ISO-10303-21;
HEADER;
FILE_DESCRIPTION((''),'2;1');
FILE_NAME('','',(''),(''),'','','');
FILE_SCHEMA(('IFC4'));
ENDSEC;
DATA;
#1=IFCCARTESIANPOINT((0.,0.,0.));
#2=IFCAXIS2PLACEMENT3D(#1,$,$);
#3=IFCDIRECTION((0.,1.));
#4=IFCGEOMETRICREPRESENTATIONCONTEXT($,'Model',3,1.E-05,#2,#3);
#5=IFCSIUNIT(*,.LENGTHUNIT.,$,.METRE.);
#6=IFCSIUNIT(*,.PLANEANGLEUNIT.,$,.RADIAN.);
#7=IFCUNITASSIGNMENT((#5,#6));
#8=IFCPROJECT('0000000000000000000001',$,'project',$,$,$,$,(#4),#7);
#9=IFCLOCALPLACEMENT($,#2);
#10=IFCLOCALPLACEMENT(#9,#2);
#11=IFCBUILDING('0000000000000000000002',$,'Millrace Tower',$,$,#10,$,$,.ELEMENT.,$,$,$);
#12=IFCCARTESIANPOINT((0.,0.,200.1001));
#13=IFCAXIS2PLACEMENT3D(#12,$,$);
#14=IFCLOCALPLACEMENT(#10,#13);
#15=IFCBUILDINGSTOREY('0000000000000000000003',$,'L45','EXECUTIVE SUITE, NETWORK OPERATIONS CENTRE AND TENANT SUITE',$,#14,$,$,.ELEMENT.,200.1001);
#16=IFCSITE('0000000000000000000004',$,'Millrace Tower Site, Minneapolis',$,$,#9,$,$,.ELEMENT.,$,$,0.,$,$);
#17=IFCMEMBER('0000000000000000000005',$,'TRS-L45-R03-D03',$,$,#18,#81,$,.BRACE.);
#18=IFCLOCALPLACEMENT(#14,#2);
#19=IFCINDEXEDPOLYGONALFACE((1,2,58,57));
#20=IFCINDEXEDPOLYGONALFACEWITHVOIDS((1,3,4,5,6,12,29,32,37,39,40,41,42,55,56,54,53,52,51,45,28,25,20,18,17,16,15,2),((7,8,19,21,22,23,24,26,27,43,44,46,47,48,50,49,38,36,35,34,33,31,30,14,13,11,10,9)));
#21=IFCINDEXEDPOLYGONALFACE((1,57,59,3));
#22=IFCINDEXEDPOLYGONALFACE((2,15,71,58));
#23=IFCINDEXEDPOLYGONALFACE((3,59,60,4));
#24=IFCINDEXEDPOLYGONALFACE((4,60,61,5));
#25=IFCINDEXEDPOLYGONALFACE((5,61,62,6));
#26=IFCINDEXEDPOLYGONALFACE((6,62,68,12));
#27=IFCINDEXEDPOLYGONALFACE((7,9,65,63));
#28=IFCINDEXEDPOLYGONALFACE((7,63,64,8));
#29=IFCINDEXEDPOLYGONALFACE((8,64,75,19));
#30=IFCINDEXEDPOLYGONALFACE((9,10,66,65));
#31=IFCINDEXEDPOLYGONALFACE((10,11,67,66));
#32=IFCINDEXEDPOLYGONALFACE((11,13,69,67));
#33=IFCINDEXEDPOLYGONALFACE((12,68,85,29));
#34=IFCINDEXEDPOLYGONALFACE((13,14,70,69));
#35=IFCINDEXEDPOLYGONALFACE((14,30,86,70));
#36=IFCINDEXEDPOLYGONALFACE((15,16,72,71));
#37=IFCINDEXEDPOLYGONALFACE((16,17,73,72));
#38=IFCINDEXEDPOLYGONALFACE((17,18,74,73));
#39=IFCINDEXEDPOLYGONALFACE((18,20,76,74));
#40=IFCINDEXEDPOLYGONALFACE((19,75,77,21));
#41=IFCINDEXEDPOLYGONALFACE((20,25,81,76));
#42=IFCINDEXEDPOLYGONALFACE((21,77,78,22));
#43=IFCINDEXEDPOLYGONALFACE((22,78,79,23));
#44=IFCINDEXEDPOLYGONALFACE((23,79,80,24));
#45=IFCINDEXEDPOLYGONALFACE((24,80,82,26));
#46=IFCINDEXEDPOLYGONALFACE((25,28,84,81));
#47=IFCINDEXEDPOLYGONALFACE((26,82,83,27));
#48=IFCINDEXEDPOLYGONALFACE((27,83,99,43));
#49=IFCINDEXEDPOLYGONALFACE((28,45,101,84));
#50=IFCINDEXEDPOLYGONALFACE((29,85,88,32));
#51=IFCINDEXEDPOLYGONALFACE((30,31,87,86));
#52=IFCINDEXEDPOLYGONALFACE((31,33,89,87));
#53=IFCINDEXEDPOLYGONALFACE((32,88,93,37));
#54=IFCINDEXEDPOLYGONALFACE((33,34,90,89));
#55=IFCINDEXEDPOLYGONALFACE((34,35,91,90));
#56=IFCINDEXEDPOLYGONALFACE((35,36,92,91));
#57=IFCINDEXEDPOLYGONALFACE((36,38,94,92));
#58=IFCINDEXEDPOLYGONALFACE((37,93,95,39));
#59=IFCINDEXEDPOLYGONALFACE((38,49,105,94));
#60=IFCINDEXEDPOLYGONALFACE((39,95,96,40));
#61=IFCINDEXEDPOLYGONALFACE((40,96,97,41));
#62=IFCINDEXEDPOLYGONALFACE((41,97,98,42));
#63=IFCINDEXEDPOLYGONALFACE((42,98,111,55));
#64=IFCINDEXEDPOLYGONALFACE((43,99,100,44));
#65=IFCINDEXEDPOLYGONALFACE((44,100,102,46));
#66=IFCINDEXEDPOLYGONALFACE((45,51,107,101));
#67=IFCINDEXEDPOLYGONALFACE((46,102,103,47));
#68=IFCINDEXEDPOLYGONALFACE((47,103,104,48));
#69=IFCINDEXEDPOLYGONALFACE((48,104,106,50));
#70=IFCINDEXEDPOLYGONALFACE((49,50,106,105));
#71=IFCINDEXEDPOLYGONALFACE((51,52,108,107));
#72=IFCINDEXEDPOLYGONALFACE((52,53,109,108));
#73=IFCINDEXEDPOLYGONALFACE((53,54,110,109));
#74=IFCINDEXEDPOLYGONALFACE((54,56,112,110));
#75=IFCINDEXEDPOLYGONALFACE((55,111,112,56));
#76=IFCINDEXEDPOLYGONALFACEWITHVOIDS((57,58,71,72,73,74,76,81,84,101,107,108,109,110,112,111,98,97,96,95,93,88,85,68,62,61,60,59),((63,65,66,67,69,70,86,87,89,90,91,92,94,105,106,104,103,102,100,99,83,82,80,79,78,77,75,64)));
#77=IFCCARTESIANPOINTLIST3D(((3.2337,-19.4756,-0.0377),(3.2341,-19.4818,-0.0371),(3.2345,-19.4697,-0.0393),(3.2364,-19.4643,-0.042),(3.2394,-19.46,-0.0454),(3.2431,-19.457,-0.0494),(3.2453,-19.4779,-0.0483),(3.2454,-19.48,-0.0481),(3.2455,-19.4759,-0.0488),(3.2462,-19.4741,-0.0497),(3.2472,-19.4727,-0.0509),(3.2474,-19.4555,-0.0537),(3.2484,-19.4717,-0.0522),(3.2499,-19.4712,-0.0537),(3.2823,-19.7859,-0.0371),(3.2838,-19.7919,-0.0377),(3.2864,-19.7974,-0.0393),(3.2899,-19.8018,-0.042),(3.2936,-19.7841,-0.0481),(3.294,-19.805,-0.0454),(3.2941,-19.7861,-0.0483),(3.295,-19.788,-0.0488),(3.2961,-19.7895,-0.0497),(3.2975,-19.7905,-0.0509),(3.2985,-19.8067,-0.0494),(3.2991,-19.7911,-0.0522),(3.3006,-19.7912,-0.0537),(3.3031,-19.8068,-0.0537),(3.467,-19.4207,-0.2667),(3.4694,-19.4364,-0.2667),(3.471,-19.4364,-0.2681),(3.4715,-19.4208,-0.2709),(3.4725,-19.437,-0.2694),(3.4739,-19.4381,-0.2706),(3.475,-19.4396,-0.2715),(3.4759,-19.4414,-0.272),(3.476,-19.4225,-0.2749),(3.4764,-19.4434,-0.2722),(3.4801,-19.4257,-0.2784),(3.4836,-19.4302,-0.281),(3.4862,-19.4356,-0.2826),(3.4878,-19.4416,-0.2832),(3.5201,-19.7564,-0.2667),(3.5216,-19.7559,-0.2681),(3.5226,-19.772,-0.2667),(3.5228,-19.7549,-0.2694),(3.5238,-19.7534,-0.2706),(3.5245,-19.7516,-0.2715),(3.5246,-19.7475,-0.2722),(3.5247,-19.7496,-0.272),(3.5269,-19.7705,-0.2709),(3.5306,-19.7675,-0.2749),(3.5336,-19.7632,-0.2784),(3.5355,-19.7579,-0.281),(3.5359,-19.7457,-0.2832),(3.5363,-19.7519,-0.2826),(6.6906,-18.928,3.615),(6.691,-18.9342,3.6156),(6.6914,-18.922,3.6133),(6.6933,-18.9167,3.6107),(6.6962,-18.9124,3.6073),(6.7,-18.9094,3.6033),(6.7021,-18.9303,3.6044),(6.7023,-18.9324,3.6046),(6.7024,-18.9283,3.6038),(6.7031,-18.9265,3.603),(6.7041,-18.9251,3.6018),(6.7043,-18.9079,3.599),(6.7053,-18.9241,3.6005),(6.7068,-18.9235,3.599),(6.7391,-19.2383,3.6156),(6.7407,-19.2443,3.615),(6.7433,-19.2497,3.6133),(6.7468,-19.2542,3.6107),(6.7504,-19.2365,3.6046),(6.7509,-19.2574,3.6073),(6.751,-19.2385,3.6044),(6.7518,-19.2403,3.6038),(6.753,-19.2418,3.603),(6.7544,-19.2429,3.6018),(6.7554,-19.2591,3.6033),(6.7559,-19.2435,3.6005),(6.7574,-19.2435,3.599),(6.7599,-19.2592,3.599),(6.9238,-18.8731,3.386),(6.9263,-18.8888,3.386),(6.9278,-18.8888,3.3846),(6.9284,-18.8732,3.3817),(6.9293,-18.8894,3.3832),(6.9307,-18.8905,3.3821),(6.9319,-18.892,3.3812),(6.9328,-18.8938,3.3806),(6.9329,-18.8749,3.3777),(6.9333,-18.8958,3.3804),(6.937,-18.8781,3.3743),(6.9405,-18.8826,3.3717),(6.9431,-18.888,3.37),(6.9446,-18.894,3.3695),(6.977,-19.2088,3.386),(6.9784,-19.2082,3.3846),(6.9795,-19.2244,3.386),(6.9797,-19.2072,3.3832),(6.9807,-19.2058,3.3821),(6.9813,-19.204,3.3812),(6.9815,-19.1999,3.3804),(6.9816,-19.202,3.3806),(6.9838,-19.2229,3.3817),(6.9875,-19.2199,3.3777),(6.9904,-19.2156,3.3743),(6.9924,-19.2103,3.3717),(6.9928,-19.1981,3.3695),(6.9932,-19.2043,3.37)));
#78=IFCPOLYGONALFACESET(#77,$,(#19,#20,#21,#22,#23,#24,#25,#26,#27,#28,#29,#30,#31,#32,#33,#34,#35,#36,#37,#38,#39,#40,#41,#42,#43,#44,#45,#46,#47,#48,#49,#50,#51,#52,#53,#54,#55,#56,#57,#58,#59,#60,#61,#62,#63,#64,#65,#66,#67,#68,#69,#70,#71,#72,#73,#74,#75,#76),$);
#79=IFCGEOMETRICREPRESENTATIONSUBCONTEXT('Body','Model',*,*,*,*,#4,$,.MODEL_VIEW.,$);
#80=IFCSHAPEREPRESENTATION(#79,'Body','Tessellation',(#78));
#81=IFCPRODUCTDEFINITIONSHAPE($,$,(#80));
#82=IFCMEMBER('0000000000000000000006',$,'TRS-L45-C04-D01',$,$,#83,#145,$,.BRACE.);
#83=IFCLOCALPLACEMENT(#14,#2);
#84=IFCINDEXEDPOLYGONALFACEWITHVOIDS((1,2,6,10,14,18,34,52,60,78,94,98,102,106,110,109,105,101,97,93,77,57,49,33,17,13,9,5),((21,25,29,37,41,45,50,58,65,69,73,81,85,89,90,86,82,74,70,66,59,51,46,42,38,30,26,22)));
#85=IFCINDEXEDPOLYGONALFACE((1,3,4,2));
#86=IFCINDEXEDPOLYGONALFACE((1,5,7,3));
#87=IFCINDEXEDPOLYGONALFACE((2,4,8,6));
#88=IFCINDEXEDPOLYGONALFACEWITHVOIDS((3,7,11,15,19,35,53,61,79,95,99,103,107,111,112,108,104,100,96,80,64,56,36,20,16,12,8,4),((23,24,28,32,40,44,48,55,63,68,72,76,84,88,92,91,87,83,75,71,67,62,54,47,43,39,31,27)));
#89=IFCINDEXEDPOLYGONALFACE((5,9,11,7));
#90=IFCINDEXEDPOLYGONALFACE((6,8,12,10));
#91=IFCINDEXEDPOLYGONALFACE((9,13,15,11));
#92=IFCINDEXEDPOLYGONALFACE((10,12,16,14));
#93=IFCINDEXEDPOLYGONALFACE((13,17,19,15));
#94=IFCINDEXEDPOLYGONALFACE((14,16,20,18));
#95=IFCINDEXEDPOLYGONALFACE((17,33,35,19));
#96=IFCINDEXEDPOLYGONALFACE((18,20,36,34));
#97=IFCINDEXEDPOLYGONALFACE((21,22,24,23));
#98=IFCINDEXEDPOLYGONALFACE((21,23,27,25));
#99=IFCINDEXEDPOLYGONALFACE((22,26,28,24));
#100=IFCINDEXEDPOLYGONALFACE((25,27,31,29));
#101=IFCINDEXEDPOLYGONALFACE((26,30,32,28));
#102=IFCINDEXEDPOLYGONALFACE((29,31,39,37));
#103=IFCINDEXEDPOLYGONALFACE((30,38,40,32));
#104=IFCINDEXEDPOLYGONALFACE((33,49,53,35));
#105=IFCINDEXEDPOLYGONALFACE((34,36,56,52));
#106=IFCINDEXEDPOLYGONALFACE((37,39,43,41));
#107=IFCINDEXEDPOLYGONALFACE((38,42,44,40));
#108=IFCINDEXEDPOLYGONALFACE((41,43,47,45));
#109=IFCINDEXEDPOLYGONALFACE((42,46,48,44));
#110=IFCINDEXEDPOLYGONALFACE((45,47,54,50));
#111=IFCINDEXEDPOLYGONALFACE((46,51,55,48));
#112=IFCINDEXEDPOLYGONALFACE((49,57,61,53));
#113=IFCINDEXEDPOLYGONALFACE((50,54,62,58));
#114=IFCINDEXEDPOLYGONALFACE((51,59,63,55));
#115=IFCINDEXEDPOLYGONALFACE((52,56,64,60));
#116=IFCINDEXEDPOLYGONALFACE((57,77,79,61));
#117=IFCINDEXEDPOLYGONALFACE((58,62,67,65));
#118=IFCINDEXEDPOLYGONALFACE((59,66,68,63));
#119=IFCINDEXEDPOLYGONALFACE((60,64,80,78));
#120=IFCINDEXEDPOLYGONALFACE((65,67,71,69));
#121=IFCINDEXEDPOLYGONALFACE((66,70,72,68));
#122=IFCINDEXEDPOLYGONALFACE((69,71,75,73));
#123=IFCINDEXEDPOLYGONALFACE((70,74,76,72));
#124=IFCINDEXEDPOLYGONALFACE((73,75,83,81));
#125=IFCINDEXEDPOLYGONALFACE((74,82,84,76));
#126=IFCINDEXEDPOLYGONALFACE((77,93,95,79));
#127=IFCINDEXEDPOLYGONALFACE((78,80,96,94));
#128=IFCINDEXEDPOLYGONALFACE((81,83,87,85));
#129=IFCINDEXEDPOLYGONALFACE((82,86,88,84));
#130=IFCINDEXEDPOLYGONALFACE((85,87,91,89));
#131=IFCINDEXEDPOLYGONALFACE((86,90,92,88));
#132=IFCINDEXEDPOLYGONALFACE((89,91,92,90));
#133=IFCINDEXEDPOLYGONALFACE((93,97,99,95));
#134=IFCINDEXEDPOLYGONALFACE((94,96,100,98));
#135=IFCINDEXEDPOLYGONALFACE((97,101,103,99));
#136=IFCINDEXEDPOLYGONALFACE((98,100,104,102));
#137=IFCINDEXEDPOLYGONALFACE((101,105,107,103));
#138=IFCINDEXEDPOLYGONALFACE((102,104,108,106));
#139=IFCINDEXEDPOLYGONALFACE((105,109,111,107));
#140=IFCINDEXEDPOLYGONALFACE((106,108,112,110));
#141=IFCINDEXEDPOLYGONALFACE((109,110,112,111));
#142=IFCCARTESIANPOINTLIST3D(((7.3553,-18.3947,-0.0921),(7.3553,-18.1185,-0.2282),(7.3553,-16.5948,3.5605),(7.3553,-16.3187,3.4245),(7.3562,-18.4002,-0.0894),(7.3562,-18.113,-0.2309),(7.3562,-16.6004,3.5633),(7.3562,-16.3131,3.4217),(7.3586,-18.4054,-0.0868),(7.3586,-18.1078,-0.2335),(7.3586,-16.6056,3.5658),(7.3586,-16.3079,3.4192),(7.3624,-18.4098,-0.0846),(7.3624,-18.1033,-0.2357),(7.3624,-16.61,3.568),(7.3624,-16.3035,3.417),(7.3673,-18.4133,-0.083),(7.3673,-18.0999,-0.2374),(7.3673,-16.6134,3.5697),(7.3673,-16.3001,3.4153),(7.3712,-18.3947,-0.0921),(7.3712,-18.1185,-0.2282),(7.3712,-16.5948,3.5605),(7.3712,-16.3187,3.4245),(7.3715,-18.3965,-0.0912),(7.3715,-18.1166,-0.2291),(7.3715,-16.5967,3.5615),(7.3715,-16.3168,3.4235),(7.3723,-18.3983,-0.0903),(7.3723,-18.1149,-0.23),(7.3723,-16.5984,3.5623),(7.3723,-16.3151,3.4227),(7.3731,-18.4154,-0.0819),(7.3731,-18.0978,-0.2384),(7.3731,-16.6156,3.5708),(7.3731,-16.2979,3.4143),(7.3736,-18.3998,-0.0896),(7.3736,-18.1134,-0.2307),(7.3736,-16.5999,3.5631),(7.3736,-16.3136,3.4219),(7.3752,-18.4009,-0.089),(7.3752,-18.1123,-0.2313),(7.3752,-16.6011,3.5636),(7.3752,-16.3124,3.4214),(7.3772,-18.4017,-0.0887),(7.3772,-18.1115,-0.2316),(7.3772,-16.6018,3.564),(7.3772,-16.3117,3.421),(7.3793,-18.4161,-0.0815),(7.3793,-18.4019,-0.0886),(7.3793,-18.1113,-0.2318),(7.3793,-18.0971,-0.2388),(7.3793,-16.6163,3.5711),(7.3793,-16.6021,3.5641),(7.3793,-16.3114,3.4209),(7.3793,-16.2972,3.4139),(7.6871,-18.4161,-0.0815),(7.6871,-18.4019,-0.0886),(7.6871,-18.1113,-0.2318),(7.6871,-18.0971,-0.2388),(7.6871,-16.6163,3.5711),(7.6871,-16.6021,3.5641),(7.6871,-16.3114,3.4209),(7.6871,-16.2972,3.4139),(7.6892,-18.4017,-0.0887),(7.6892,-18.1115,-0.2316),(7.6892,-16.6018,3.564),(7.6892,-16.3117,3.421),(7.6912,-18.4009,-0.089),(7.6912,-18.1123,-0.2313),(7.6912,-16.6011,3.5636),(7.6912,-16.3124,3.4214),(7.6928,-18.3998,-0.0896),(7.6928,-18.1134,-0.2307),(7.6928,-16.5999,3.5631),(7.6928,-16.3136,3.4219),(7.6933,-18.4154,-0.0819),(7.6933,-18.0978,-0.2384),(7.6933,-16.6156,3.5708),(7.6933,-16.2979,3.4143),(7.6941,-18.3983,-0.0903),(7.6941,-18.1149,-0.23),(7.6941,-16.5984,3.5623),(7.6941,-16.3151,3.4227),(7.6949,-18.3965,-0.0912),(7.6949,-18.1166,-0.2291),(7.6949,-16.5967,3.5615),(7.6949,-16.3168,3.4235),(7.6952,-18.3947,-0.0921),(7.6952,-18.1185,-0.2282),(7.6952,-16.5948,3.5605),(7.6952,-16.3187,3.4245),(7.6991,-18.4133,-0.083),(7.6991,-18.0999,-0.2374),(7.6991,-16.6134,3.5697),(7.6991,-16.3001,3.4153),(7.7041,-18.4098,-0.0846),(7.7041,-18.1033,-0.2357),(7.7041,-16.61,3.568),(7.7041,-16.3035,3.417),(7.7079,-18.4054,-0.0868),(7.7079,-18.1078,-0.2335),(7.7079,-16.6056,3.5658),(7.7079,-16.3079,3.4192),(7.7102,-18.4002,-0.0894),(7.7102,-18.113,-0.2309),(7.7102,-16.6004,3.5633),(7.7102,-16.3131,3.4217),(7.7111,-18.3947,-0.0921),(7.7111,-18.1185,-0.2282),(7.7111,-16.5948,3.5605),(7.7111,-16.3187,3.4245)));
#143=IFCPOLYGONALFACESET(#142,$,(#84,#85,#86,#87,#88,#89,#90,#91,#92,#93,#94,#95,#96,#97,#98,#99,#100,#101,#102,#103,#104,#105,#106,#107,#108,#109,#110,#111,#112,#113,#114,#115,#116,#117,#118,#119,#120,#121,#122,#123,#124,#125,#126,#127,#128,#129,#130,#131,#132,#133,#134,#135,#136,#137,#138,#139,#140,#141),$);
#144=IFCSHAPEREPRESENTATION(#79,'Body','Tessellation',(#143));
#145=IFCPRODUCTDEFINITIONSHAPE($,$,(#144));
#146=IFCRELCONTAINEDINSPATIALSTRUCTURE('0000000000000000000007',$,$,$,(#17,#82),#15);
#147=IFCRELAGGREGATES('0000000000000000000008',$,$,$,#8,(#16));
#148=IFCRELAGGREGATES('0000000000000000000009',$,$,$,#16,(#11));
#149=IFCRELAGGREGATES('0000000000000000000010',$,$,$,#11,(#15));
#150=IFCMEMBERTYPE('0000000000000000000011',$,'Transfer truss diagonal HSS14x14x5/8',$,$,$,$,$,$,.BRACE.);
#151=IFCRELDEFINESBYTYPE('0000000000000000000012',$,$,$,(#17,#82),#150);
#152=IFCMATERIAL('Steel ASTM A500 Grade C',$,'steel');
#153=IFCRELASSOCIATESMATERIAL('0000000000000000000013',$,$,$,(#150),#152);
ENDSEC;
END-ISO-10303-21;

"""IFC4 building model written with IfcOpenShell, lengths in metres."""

from ifc_helpers import new_model, si_unit, direction, frame, origin, origin_2d, place, context, subcontext, project, spatial, hollow_rectangle, extrude, material, material_profile, profile_set, type_object, element, save


model = new_model("IFC4")

# Units and contexts
model_context = context("Model", 3, precision=1e-05, world=origin(), true_north=direction((0.0, 1.0)))
body_context = subcontext(model_context, "Body", "Model", "MODEL_VIEW")
ifc_project = project(units=[si_unit("LENGTHUNIT", "METRE"), si_unit("PLANEANGLEUNIT", "RADIAN")], contexts=[model_context])

# Site, building, storey
site_placement = place(None, origin())
site = spatial("IfcSite", under=ifc_project, at=site_placement, Name="Millrace Tower Site, Minneapolis", CompositionType="ELEMENT", RefElevation=0.0)
building_placement = place(site_placement, origin())
building = spatial("IfcBuilding", under=site, at=building_placement, Name="Millrace Tower", CompositionType="ELEMENT")
storey_placement = place(building_placement, frame((0.0, 0.0, 200.1001)))
storey = spatial("IfcBuildingStorey", under=building, at=storey_placement, Name="L45", Description="EXECUTIVE SUITE, NETWORK OPERATIONS CENTRE AND TENANT SUITE", CompositionType="ELEMENT", Elevation=200.1001)

# Members
ifc_material_1 = material(Name="Steel ASTM A500 Grade C", Category="steel")
ifc_material_profile_1 = material_profile(ifc_material_1, hollow_rectangle(XDim=0.3557, YDim=0.3557, WallThickness=0.0159, InnerFilletRadius=0.0081, OuterFilletRadius=0.0239, at=origin_2d()))
ifc_profile_set_1 = profile_set([ifc_material_profile_1], Name="Steel ASTM A500 Grade C")
member_type_1 = type_object("IfcMemberType", Name="Transfer truss diagonal HSS14x14x5/8", PredefinedType="BRACE", material=ifc_profile_set_1)
member_1_placement = place(storey_placement, frame((3.385, -19.6138, -0.1602), z_axis=(0.683332, 0.10825, 0.722038), x_axis=(-0.156464, 0.987684, 0.0)))
element("IfcMember", 1, at=member_1_placement, inside=storey, type_object=member_type_1, Name="TRS-L45-R03-D03", PredefinedType="BRACE", context=body_context, shape_type="SweptSolid", body=[
    extrude(hollow_rectangle(XDim=0.3557, YDim=0.3557, WallThickness=0.0159, InnerFilletRadius=0.0081, OuterFilletRadius=0.0239, at=origin_2d()), origin(), (0.0, 0.0, 1.0), 5.0588),
])
member_2_placement = place(storey_placement, frame((7.5332, -18.2566, -0.1602), z_axis=(0.0, 0.442002, 0.897014), x_axis=(-1.0, 0.0, 0.0)))
element("IfcMember", 2, at=member_2_placement, inside=storey, type_object=member_type_1, Name="TRS-L45-C04-D01", PredefinedType="BRACE", context=body_context, shape_type="SweptSolid", body=[
    extrude(hollow_rectangle(XDim=0.3557, YDim=0.3557, WallThickness=0.0159, InnerFilletRadius=0.0081, OuterFilletRadius=0.0239, at=origin_2d()), origin(), (0.0, 0.0, 1.0), 4.072),
])

save(model, "model.ifc")
